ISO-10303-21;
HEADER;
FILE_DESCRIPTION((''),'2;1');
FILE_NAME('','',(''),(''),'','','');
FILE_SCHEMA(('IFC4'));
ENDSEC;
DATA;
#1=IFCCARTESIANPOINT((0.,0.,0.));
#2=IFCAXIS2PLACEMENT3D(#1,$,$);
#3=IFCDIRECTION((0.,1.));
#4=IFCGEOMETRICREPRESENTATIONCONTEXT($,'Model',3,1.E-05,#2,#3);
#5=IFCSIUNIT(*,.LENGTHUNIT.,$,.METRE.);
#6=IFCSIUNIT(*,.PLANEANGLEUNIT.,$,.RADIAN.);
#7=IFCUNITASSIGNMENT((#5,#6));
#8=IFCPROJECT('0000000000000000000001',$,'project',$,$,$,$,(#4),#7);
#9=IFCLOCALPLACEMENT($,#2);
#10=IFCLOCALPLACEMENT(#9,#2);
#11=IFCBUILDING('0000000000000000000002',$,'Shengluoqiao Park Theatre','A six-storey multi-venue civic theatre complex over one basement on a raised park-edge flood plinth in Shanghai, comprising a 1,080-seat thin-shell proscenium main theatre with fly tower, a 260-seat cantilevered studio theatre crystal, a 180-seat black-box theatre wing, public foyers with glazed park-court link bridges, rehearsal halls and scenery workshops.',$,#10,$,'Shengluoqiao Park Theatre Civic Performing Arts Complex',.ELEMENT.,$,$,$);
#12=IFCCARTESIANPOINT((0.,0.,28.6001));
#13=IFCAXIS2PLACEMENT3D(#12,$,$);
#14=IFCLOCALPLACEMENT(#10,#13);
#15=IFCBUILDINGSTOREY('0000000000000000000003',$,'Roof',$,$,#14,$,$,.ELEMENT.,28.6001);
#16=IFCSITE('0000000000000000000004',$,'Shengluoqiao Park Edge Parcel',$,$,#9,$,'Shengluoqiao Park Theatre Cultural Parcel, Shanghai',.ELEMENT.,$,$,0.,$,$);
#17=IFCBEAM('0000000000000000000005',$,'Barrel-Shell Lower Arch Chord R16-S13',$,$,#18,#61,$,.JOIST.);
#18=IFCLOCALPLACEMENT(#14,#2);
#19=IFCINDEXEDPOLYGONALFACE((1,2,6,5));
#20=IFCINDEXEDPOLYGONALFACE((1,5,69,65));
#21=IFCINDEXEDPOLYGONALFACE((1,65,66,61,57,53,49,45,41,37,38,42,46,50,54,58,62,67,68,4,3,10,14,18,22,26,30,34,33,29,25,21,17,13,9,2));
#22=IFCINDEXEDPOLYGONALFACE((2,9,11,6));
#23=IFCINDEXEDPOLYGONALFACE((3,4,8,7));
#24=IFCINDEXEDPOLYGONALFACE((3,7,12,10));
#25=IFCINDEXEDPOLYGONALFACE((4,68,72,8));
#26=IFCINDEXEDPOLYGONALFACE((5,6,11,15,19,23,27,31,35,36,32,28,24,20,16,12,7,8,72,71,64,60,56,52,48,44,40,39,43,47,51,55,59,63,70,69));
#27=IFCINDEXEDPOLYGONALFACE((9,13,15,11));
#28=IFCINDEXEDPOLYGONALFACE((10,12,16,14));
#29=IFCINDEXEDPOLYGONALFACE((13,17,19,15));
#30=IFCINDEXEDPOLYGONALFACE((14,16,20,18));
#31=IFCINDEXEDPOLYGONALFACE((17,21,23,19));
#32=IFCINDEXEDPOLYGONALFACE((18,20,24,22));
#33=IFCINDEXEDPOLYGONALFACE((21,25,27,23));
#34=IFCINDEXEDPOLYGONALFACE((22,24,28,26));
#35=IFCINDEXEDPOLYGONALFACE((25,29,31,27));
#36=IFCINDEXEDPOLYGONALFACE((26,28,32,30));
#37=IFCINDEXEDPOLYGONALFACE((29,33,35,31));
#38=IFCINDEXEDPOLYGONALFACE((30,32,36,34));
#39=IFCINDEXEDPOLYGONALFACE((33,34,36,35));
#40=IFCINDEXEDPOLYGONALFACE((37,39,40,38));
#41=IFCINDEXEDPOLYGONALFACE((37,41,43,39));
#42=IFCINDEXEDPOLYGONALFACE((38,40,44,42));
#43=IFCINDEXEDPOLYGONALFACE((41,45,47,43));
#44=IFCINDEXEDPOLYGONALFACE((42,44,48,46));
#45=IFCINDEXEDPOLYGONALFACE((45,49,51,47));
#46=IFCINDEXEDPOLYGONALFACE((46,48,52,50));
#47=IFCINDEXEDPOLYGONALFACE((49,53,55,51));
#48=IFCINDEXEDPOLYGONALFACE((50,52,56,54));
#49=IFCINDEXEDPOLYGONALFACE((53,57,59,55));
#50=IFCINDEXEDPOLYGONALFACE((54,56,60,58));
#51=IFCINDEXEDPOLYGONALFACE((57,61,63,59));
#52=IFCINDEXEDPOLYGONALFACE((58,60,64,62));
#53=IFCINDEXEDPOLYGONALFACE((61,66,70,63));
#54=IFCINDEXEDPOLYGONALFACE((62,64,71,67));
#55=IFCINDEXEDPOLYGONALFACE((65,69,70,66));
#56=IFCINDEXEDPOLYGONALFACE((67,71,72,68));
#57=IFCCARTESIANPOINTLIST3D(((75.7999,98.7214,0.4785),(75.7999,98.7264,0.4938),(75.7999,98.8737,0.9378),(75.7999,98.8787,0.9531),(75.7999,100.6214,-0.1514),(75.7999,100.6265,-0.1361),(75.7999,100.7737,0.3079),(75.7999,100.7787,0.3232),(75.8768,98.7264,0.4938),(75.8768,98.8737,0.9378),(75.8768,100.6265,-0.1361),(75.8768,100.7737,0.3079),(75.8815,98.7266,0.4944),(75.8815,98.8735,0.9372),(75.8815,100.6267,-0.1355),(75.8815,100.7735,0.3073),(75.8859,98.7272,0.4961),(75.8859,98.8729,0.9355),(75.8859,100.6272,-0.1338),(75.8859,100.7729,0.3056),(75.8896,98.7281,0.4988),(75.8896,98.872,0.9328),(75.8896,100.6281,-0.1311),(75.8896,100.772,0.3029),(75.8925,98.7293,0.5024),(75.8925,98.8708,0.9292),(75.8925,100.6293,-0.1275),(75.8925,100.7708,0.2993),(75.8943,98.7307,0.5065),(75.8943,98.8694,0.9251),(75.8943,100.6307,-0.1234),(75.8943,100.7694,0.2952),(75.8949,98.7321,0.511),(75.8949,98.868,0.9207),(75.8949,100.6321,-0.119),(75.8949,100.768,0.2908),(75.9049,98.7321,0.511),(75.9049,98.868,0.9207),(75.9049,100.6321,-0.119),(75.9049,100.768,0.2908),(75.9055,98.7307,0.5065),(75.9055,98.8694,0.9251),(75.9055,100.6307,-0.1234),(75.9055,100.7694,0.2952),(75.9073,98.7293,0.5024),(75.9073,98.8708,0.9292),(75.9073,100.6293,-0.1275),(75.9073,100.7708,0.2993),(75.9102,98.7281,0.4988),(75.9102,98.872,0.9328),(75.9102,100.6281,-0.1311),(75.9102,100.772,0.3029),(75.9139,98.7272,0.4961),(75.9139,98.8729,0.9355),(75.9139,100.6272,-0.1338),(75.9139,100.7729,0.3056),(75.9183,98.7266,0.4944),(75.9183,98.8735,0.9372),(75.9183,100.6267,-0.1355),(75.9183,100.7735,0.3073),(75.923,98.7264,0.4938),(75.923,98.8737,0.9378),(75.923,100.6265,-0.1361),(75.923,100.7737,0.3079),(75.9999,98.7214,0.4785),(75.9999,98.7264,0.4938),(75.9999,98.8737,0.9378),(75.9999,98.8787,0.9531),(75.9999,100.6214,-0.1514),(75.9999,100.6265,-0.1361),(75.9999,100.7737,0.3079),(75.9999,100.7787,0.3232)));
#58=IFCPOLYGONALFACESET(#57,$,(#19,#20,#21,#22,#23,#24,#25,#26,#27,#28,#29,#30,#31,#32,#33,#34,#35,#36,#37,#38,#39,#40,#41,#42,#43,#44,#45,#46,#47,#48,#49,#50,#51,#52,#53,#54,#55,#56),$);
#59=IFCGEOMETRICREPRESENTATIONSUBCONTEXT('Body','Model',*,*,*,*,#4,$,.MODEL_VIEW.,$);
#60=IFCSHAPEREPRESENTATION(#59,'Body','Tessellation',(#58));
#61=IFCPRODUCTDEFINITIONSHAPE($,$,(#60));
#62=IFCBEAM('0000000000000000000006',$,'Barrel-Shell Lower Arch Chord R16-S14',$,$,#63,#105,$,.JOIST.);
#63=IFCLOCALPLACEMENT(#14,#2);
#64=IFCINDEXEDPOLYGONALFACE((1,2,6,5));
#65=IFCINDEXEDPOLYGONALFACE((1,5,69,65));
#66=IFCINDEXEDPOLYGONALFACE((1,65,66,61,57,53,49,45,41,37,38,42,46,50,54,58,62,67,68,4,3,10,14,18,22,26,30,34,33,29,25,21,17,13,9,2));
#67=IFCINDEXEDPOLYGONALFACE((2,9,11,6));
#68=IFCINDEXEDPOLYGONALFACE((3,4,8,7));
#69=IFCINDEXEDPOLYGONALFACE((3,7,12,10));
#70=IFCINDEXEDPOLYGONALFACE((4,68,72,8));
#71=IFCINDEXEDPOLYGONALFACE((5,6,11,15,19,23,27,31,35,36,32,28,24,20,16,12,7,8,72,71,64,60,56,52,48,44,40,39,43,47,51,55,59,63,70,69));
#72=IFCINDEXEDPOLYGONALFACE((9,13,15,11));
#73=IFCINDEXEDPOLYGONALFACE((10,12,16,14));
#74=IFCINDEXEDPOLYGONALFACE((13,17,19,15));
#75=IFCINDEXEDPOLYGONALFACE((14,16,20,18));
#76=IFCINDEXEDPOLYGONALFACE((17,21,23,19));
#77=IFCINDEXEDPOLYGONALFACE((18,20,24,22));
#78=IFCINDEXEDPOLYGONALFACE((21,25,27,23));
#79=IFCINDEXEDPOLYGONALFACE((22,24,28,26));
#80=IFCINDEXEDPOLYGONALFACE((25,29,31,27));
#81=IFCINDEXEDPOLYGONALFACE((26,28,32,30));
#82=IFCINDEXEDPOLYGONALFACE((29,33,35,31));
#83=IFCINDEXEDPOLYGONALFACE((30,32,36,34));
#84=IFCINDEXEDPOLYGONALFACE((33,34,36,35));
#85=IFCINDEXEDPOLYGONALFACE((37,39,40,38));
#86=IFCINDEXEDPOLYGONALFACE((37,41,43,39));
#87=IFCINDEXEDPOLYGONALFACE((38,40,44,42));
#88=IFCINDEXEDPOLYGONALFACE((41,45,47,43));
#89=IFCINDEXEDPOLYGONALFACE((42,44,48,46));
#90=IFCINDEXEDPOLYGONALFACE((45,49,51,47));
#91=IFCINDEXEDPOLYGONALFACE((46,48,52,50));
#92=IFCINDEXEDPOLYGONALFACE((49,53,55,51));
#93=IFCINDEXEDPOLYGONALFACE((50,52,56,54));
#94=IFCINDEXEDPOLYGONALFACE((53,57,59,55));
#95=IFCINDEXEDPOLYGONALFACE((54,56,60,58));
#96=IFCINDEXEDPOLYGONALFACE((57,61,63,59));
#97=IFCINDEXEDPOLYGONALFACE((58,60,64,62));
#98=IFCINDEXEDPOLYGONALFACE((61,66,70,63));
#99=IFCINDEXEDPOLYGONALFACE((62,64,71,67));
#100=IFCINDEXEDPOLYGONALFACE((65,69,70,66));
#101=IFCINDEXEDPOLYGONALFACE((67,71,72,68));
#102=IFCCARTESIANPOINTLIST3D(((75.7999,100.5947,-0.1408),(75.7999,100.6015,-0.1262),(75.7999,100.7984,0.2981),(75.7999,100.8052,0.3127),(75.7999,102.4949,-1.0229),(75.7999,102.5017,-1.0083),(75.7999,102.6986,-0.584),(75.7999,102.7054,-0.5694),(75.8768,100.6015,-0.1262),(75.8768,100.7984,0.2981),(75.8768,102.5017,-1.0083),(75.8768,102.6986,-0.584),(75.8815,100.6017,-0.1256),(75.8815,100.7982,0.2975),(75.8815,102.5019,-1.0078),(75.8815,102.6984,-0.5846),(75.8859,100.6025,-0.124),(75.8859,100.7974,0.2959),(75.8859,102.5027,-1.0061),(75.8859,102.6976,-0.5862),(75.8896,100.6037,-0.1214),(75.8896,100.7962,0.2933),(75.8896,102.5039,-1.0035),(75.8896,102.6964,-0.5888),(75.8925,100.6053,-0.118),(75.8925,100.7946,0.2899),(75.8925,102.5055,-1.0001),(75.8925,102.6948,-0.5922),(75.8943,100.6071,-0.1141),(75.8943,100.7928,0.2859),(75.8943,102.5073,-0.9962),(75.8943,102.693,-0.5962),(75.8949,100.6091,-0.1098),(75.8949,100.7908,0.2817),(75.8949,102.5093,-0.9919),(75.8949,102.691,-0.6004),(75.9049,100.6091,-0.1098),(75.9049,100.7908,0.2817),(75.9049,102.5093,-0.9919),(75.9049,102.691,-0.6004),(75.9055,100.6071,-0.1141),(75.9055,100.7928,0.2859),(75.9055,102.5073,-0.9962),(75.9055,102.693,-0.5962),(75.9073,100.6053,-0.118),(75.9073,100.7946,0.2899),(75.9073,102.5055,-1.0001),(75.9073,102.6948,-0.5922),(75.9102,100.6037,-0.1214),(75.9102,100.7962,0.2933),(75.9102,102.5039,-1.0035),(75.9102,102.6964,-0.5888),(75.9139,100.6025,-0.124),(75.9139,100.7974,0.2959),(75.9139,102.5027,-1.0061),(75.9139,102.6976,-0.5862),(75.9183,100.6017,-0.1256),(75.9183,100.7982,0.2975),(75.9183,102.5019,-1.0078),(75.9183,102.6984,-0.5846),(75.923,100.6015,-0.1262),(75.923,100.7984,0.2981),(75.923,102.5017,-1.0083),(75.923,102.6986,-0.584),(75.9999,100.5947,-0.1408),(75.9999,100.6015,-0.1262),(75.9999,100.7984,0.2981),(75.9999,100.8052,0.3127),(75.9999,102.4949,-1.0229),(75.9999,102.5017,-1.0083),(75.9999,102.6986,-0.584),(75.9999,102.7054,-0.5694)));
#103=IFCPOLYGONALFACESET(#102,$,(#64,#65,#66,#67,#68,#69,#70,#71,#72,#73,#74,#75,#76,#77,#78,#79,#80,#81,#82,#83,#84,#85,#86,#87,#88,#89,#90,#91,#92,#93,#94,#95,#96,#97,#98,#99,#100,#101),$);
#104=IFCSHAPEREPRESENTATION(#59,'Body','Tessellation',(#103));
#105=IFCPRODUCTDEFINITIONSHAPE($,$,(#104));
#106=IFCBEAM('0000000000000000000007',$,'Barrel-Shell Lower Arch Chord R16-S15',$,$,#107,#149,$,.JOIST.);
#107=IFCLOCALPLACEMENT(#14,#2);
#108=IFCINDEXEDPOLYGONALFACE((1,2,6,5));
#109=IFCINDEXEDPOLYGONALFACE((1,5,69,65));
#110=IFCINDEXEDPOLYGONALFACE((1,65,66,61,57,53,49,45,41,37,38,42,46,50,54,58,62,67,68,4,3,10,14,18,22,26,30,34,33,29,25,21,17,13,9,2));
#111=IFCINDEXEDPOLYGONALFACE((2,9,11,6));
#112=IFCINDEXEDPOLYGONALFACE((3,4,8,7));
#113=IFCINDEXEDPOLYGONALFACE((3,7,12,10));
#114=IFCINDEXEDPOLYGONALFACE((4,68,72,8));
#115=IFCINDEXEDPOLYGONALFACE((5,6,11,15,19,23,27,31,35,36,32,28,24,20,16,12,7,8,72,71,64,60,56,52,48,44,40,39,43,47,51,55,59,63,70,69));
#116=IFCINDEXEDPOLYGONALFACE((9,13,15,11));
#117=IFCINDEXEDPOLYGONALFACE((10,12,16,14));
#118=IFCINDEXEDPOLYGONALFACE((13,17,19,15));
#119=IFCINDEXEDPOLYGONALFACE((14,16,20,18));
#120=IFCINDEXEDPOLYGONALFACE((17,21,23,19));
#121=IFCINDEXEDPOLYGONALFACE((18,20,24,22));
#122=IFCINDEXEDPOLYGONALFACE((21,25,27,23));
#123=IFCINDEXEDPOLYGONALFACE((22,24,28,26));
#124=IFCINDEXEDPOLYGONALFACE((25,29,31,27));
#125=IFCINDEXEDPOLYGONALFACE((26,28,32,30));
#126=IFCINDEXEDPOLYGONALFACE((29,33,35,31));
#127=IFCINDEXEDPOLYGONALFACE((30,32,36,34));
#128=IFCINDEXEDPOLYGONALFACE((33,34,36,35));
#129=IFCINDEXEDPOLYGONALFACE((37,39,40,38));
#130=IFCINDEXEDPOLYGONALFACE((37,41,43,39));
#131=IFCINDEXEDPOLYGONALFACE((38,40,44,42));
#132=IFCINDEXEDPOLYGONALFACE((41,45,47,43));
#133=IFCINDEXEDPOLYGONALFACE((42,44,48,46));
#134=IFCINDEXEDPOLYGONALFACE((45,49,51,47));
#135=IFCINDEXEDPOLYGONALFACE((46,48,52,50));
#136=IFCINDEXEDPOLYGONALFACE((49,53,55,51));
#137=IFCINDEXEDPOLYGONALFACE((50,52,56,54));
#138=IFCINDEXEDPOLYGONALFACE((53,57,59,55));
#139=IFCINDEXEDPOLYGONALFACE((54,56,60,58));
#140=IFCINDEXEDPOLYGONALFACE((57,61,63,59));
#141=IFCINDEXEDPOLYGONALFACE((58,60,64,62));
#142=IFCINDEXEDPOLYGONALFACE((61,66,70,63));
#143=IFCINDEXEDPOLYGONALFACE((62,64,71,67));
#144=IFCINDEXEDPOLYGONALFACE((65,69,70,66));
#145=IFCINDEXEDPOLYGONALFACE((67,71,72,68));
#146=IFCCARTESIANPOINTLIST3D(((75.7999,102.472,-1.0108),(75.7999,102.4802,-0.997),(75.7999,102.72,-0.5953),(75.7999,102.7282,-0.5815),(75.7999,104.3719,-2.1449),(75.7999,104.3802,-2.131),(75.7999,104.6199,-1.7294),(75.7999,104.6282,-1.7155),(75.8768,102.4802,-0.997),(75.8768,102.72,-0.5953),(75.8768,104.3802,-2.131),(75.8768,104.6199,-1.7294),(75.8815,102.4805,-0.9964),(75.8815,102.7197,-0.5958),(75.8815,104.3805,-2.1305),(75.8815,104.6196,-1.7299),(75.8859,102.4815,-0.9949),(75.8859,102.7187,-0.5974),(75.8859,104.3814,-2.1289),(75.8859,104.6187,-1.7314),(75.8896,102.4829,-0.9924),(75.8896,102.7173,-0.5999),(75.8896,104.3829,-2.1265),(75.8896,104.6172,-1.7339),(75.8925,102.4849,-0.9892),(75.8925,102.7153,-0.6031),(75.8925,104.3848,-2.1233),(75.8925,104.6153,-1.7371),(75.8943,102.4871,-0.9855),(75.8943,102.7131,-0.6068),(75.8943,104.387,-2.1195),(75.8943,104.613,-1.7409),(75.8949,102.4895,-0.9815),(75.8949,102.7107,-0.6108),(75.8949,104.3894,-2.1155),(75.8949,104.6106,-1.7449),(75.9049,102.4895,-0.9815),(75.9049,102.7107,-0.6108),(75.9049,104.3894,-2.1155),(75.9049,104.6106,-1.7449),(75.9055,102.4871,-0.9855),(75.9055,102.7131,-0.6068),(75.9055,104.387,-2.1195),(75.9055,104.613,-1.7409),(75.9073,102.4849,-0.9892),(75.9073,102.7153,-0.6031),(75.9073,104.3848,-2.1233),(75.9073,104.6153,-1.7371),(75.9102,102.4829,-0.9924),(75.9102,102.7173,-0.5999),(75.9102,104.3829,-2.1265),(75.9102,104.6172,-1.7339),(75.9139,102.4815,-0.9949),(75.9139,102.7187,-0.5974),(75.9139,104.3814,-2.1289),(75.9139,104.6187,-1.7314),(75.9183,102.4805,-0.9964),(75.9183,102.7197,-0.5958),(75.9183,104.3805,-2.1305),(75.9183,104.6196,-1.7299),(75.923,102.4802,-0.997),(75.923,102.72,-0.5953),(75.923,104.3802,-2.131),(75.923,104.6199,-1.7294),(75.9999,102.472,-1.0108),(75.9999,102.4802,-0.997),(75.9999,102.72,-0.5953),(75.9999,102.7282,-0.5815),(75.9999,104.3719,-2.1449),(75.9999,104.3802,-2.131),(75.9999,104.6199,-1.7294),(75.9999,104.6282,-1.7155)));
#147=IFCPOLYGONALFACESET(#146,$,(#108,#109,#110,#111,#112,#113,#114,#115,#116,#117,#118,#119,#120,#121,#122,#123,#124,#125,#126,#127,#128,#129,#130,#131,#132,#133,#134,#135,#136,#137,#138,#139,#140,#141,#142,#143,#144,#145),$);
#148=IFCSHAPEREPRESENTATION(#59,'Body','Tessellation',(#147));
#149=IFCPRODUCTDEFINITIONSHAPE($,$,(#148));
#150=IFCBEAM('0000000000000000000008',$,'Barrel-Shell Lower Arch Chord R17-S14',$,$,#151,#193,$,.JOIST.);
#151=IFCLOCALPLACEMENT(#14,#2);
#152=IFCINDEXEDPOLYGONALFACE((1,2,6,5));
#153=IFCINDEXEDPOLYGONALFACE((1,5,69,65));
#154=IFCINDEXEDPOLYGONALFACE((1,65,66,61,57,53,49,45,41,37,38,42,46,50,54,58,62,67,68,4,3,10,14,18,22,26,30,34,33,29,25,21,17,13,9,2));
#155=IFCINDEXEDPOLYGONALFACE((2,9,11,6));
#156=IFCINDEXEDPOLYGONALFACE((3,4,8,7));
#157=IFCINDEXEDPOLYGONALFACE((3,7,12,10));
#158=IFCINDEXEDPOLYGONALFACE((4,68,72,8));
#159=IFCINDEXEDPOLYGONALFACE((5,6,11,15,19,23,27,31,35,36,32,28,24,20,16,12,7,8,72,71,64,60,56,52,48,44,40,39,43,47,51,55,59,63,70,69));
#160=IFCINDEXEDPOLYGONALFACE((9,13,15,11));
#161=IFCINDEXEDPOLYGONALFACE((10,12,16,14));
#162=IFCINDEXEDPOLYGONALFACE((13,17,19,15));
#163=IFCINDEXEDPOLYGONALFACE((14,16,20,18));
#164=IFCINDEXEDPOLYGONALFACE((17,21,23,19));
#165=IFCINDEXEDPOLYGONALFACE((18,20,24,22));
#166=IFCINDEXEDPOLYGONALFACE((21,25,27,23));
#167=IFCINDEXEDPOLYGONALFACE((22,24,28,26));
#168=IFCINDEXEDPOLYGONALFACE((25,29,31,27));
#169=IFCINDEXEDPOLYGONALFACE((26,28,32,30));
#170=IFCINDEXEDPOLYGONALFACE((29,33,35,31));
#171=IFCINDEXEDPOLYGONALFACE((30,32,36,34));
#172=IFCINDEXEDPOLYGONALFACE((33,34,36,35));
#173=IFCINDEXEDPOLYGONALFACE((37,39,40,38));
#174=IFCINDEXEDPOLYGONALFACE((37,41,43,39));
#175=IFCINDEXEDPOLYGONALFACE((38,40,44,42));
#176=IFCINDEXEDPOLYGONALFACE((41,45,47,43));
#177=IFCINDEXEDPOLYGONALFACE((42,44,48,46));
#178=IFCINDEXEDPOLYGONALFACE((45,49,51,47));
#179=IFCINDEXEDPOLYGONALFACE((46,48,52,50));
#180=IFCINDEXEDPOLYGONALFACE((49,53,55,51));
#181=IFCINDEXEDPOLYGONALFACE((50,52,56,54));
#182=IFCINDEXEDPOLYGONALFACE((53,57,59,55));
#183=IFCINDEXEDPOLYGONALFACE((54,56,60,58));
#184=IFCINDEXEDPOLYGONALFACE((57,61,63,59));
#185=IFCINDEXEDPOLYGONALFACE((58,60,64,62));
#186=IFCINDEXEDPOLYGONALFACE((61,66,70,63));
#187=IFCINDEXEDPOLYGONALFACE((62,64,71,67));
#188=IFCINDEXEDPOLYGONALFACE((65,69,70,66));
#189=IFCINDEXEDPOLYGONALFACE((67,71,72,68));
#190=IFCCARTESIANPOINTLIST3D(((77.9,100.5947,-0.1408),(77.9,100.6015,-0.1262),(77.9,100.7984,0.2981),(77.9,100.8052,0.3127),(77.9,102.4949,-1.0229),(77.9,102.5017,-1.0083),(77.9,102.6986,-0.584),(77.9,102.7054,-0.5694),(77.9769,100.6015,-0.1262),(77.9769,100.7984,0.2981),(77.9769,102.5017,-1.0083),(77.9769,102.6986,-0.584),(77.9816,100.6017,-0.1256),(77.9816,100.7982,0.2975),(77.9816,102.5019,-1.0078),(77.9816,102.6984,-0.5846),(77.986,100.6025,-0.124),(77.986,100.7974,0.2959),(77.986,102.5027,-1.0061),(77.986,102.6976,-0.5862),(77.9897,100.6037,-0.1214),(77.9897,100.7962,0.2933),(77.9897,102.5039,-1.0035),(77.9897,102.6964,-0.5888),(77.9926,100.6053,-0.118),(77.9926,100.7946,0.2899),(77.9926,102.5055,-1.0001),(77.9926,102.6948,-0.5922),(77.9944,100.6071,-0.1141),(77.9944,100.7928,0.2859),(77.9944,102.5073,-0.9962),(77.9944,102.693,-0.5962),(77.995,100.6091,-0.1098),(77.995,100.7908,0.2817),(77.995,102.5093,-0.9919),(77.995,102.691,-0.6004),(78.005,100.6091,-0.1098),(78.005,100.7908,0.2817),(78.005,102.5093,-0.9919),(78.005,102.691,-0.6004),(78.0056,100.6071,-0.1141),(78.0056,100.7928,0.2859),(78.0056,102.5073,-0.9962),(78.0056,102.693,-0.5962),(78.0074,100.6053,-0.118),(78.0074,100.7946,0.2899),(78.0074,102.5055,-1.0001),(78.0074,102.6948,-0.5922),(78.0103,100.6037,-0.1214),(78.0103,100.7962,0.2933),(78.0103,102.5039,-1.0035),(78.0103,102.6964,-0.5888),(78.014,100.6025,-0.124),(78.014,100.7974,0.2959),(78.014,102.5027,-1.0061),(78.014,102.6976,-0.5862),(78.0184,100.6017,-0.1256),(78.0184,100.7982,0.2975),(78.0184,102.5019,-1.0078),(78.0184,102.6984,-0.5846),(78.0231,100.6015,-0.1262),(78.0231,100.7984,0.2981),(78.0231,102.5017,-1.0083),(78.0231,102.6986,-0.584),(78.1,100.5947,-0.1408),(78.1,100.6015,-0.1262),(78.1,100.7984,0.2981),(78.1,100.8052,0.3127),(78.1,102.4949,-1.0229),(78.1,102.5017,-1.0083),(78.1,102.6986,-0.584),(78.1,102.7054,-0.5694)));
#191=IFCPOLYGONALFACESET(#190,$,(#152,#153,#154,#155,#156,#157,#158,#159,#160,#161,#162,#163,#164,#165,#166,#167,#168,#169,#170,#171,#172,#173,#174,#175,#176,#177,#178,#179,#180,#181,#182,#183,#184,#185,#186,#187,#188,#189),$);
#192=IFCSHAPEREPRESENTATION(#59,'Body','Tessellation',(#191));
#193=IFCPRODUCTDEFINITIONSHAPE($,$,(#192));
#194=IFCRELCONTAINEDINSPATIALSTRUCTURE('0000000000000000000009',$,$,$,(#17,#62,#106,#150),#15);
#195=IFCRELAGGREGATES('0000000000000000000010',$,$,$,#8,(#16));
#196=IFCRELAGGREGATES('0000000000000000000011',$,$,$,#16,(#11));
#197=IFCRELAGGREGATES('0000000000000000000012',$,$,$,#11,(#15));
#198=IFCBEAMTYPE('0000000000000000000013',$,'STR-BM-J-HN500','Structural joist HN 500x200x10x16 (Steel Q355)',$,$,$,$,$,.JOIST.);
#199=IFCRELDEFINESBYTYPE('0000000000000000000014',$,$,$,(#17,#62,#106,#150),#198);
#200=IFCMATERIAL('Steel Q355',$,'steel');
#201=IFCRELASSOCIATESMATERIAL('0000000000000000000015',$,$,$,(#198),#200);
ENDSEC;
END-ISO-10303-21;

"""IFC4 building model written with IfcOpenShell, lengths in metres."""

from ifc_helpers import new_model, si_unit, direction, frame, origin, origin_2d, place, context, subcontext, project, spatial, i_section, extrude, material, material_profile, profile_set, type_object, element, save


model = new_model("IFC4")

# Units and contexts
model_context = context("Model", 3, precision=1e-05, world=origin(), true_north=direction((0.0, 1.0)))
body_context = subcontext(model_context, "Body", "Model", "MODEL_VIEW")
ifc_project = project(units=[si_unit("LENGTHUNIT", "METRE"), si_unit("PLANEANGLEUNIT", "RADIAN")], contexts=[model_context])

# Site, building, storey
site_placement = place(None, origin())
site = spatial("IfcSite", under=ifc_project, at=site_placement, Name="Shengluoqiao Park Edge Parcel", LongName="Shengluoqiao Park Theatre Cultural Parcel, Shanghai", CompositionType="ELEMENT", RefElevation=0.0)
building_placement = place(site_placement, origin())
building = spatial("IfcBuilding", under=site, at=building_placement, Name="Shengluoqiao Park Theatre", Description="A six-storey multi-venue civic theatre complex over one basement on a raised park-edge flood plinth in Shanghai, comprising a 1,080-seat thin-shell proscenium main theatre with fly tower, a 260-seat cantilevered studio theatre crystal, a 180-seat black-box theatre wing, public foyers with glazed park-court link bridges, rehearsal halls and scenery workshops.", LongName="Shengluoqiao Park Theatre Civic Performing Arts Complex", CompositionType="ELEMENT")
storey_placement = place(building_placement, frame((0.0, 0.0, 28.6001)))
storey = spatial("IfcBuildingStorey", under=building, at=storey_placement, Name="Roof", CompositionType="ELEMENT", Elevation=28.6001)

# Beams
ifc_material_1 = material(Name="Steel Q355", Category="steel")
ifc_material_profile_1 = material_profile(ifc_material_1, i_section(OverallWidth=0.2, OverallDepth=0.5, WebThickness=0.01, FlangeThickness=0.0161, FilletRadius=0.0181, at=origin_2d()), Name="HN 500x200x10x16")
ifc_profile_set_1 = profile_set([ifc_material_profile_1], Name="Steel Q355")
beam_type_1 = type_object("IfcBeamType", Name="STR-BM-J-HN500", Description="Structural joist HN 500x200x10x16 (Steel Q355)", PredefinedType="JOIST", material=ifc_profile_set_1)
beam_1_placement = place(storey_placement, frame((75.8999, 98.8, 0.7158), z_axis=(0.0, 0.949194, -0.31469), x_axis=(-1.0, 0.0, 0.0)))
element("IfcBeam", 1, at=beam_1_placement, inside=storey, type_object=beam_type_1, Name="Barrel-Shell Lower Arch Chord R16-S13", PredefinedType="JOIST", context=body_context, shape_type="SweptSolid", body=[
    extrude(i_section(OverallWidth=0.2, OverallDepth=0.5, WebThickness=0.01, FlangeThickness=0.0161, FilletRadius=0.0181, at=origin_2d()), origin(), (0.0, 0.0, 1.0), 2.0017),
])
beam_2_placement = place(storey_placement, frame((75.8999, 100.7, 0.0859), z_axis=(0.0, 0.907033, -0.42106), x_axis=(-1.0, 0.0, 0.0)))
element("IfcBeam", 2, at=beam_2_placement, inside=storey, type_object=beam_type_1, Name="Barrel-Shell Lower Arch Chord R16-S14", PredefinedType="JOIST", context=body_context, shape_type="SweptSolid", body=[
    extrude(i_section(OverallWidth=0.2, OverallDepth=0.5, WebThickness=0.01, FlangeThickness=0.0161, FilletRadius=0.0181, at=origin_2d()), origin(), (0.0, 0.0, 1.0), 2.095),
])
beam_3_placement = place(storey_placement, frame((75.8999, 102.6001, -0.7961), z_axis=(0.0, 0.858669, -0.512531), x_axis=(-1.0, 0.0, 0.0)))
element("IfcBeam", 3, at=beam_3_placement, inside=storey, type_object=beam_type_1, Name="Barrel-Shell Lower Arch Chord R16-S15", PredefinedType="JOIST", context=body_context, shape_type="SweptSolid", body=[
    extrude(i_section(OverallWidth=0.2, OverallDepth=0.5, WebThickness=0.01, FlangeThickness=0.0161, FilletRadius=0.0181, at=origin_2d()), origin(), (0.0, 0.0, 1.0), 2.2126),
])
beam_4_placement = place(storey_placement, frame((78.0, 100.7, 0.0859), z_axis=(0.0, 0.907033, -0.42106), x_axis=(-1.0, 0.0, 0.0)))
element("IfcBeam", 4, at=beam_4_placement, inside=storey, type_object=beam_type_1, Name="Barrel-Shell Lower Arch Chord R17-S14", PredefinedType="JOIST", context=body_context, shape_type="SweptSolid", body=[
    extrude(i_section(OverallWidth=0.2, OverallDepth=0.5, WebThickness=0.01, FlangeThickness=0.0161, FilletRadius=0.0181, at=origin_2d()), origin(), (0.0, 0.0, 1.0), 2.095),
])

save(model, "model.ifc")
